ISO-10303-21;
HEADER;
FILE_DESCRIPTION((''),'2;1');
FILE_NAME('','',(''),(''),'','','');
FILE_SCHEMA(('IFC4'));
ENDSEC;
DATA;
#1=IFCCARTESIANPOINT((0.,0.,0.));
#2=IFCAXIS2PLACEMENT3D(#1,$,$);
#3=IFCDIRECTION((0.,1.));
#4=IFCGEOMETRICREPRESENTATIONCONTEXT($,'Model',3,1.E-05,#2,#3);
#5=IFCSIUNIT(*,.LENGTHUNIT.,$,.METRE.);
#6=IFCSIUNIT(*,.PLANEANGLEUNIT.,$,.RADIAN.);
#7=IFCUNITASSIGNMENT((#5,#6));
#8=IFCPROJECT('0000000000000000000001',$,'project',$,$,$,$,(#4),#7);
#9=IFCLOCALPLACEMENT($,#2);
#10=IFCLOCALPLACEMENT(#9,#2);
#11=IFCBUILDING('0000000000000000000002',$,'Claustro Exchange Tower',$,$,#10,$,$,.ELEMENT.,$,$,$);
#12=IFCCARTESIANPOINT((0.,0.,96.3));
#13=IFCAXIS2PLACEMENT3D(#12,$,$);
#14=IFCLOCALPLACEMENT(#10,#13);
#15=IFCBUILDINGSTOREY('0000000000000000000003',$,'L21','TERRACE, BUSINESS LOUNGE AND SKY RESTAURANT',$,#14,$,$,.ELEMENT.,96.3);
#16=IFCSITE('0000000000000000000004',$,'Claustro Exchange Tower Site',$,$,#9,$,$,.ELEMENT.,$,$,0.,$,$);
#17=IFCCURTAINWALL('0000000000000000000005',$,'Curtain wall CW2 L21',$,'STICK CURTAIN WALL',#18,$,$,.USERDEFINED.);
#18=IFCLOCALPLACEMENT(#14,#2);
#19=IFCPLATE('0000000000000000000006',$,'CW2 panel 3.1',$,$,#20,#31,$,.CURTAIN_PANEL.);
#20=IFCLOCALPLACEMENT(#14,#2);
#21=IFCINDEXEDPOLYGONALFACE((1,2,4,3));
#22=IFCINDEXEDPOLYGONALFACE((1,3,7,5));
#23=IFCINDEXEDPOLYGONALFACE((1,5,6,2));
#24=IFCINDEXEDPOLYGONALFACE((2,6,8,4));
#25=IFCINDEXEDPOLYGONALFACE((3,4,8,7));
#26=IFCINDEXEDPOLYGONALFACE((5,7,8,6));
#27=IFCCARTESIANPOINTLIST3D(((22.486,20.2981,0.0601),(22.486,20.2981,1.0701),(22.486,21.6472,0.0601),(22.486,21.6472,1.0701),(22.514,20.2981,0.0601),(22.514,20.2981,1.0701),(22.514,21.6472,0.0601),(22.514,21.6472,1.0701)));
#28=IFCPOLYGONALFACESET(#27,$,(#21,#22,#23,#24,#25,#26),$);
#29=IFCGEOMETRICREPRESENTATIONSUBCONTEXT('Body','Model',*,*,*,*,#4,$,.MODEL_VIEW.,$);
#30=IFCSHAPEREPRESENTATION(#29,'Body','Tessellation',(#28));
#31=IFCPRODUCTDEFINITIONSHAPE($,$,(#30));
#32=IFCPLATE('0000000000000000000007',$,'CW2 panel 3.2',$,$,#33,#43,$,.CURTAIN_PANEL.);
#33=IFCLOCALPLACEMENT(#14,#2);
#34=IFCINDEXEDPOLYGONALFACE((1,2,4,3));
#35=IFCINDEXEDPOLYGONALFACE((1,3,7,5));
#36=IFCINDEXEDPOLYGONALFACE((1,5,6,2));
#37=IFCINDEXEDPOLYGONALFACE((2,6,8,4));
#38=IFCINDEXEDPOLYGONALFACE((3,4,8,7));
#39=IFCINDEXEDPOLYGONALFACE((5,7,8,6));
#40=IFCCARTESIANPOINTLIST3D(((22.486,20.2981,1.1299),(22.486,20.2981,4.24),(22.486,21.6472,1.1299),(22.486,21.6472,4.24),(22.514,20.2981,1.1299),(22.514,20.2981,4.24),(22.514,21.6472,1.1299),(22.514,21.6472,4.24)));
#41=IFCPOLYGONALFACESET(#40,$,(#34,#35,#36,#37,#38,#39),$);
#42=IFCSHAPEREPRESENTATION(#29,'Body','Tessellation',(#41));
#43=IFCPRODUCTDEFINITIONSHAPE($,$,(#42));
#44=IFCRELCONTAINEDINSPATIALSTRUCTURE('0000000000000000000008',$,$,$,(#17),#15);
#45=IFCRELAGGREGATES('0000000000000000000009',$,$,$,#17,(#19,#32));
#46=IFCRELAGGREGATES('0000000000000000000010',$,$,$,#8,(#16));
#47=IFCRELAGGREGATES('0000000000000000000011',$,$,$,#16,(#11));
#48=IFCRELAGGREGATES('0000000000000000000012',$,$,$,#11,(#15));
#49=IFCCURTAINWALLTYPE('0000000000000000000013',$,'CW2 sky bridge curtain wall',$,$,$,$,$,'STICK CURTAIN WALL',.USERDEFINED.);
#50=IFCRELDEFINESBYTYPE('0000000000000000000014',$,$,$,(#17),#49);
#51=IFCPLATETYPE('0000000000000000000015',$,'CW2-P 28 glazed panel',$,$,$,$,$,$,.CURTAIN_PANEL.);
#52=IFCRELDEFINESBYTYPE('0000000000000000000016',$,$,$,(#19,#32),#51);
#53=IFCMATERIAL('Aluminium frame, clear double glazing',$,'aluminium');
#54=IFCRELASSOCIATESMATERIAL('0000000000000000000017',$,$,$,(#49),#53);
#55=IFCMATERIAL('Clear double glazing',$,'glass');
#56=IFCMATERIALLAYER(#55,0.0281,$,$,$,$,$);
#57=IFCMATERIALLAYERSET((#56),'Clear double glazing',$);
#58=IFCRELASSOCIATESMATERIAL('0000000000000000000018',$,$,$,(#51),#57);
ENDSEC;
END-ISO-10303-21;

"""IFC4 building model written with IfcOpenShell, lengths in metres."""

from ifc_helpers import new_model, si_unit, direction, frame, origin, origin_2d, place, context, subcontext, project, spatial, rectangle, extrude, material, layer, layer_set, type_object, element, aggregate, save


model = new_model("IFC4")

# Units and contexts
model_context = context("Model", 3, precision=1e-05, world=origin(), true_north=direction((0.0, 1.0)))
body_context = subcontext(model_context, "Body", "Model", "MODEL_VIEW")
ifc_project = project(units=[si_unit("LENGTHUNIT", "METRE"), si_unit("PLANEANGLEUNIT", "RADIAN")], contexts=[model_context])

# Site, building, storey
site_placement = place(None, origin())
site = spatial("IfcSite", under=ifc_project, at=site_placement, Name="Claustro Exchange Tower Site", CompositionType="ELEMENT", RefElevation=0.0)
building_placement = place(site_placement, origin())
building = spatial("IfcBuilding", under=site, at=building_placement, Name="Claustro Exchange Tower", CompositionType="ELEMENT")
storey_placement = place(building_placement, frame((0.0, 0.0, 96.3)))
storey = spatial("IfcBuildingStorey", under=building, at=storey_placement, Name="L21", Description="TERRACE, BUSINESS LOUNGE AND SKY RESTAURANT", CompositionType="ELEMENT", Elevation=96.3)

# Curtain wall, plates
ifc_material_1 = material(Name="Aluminium frame, clear double glazing", Category="aluminium")
curtain_wall_type = type_object("IfcCurtainWallType", Name="CW2 sky bridge curtain wall", ElementType="STICK CURTAIN WALL", PredefinedType="USERDEFINED", material=ifc_material_1)
curtain_wall_placement = place(storey_placement, origin())
curtain_wall = element("IfcCurtainWall", 1, at=curtain_wall_placement, inside=storey, type_object=curtain_wall_type, Name="Curtain wall CW2 L21", ObjectType="STICK CURTAIN WALL", PredefinedType="USERDEFINED")
ifc_material_2 = material(Name="Clear double glazing", Category="glass")
ifc_layer = layer(ifc_material_2, 0.0281)
ifc_layer_set = layer_set([ifc_layer], Name="Clear double glazing")
plate_type = type_object("IfcPlateType", Name="CW2-P 28 glazed panel", PredefinedType="CURTAIN_PANEL", material=ifc_layer_set)
plate_1_placement = place(storey_placement, frame((22.5, 20.9727, 0.0601), z_axis=(0.0, 0.0, 1.0), x_axis=(0.0, 1.0, 0.0)))
plate_1 = element("IfcPlate", 2, at=plate_1_placement, type_object=plate_type, Name="CW2 panel 3.1", PredefinedType="CURTAIN_PANEL", context=body_context, shape_type="SweptSolid", body=[
    extrude(rectangle(XDim=1.3491, YDim=0.0281, at=origin_2d()), origin(), (0.0, 0.0, 1.0), 1.01),
])
plate_2_placement = place(storey_placement, frame((22.5, 20.9727, 1.1299), z_axis=(0.0, 0.0, 1.0), x_axis=(0.0, 1.0, 0.0)))
plate_2 = element("IfcPlate", 3, at=plate_2_placement, type_object=plate_type, Name="CW2 panel 3.2", PredefinedType="CURTAIN_PANEL", context=body_context, shape_type="SweptSolid", body=[
    extrude(rectangle(XDim=1.3491, YDim=0.0281, at=origin_2d()), origin(), (0.0, 0.0, 1.0), 3.1101),
])
aggregate(curtain_wall, [plate_1, plate_2])

save(model, "model.ifc")
